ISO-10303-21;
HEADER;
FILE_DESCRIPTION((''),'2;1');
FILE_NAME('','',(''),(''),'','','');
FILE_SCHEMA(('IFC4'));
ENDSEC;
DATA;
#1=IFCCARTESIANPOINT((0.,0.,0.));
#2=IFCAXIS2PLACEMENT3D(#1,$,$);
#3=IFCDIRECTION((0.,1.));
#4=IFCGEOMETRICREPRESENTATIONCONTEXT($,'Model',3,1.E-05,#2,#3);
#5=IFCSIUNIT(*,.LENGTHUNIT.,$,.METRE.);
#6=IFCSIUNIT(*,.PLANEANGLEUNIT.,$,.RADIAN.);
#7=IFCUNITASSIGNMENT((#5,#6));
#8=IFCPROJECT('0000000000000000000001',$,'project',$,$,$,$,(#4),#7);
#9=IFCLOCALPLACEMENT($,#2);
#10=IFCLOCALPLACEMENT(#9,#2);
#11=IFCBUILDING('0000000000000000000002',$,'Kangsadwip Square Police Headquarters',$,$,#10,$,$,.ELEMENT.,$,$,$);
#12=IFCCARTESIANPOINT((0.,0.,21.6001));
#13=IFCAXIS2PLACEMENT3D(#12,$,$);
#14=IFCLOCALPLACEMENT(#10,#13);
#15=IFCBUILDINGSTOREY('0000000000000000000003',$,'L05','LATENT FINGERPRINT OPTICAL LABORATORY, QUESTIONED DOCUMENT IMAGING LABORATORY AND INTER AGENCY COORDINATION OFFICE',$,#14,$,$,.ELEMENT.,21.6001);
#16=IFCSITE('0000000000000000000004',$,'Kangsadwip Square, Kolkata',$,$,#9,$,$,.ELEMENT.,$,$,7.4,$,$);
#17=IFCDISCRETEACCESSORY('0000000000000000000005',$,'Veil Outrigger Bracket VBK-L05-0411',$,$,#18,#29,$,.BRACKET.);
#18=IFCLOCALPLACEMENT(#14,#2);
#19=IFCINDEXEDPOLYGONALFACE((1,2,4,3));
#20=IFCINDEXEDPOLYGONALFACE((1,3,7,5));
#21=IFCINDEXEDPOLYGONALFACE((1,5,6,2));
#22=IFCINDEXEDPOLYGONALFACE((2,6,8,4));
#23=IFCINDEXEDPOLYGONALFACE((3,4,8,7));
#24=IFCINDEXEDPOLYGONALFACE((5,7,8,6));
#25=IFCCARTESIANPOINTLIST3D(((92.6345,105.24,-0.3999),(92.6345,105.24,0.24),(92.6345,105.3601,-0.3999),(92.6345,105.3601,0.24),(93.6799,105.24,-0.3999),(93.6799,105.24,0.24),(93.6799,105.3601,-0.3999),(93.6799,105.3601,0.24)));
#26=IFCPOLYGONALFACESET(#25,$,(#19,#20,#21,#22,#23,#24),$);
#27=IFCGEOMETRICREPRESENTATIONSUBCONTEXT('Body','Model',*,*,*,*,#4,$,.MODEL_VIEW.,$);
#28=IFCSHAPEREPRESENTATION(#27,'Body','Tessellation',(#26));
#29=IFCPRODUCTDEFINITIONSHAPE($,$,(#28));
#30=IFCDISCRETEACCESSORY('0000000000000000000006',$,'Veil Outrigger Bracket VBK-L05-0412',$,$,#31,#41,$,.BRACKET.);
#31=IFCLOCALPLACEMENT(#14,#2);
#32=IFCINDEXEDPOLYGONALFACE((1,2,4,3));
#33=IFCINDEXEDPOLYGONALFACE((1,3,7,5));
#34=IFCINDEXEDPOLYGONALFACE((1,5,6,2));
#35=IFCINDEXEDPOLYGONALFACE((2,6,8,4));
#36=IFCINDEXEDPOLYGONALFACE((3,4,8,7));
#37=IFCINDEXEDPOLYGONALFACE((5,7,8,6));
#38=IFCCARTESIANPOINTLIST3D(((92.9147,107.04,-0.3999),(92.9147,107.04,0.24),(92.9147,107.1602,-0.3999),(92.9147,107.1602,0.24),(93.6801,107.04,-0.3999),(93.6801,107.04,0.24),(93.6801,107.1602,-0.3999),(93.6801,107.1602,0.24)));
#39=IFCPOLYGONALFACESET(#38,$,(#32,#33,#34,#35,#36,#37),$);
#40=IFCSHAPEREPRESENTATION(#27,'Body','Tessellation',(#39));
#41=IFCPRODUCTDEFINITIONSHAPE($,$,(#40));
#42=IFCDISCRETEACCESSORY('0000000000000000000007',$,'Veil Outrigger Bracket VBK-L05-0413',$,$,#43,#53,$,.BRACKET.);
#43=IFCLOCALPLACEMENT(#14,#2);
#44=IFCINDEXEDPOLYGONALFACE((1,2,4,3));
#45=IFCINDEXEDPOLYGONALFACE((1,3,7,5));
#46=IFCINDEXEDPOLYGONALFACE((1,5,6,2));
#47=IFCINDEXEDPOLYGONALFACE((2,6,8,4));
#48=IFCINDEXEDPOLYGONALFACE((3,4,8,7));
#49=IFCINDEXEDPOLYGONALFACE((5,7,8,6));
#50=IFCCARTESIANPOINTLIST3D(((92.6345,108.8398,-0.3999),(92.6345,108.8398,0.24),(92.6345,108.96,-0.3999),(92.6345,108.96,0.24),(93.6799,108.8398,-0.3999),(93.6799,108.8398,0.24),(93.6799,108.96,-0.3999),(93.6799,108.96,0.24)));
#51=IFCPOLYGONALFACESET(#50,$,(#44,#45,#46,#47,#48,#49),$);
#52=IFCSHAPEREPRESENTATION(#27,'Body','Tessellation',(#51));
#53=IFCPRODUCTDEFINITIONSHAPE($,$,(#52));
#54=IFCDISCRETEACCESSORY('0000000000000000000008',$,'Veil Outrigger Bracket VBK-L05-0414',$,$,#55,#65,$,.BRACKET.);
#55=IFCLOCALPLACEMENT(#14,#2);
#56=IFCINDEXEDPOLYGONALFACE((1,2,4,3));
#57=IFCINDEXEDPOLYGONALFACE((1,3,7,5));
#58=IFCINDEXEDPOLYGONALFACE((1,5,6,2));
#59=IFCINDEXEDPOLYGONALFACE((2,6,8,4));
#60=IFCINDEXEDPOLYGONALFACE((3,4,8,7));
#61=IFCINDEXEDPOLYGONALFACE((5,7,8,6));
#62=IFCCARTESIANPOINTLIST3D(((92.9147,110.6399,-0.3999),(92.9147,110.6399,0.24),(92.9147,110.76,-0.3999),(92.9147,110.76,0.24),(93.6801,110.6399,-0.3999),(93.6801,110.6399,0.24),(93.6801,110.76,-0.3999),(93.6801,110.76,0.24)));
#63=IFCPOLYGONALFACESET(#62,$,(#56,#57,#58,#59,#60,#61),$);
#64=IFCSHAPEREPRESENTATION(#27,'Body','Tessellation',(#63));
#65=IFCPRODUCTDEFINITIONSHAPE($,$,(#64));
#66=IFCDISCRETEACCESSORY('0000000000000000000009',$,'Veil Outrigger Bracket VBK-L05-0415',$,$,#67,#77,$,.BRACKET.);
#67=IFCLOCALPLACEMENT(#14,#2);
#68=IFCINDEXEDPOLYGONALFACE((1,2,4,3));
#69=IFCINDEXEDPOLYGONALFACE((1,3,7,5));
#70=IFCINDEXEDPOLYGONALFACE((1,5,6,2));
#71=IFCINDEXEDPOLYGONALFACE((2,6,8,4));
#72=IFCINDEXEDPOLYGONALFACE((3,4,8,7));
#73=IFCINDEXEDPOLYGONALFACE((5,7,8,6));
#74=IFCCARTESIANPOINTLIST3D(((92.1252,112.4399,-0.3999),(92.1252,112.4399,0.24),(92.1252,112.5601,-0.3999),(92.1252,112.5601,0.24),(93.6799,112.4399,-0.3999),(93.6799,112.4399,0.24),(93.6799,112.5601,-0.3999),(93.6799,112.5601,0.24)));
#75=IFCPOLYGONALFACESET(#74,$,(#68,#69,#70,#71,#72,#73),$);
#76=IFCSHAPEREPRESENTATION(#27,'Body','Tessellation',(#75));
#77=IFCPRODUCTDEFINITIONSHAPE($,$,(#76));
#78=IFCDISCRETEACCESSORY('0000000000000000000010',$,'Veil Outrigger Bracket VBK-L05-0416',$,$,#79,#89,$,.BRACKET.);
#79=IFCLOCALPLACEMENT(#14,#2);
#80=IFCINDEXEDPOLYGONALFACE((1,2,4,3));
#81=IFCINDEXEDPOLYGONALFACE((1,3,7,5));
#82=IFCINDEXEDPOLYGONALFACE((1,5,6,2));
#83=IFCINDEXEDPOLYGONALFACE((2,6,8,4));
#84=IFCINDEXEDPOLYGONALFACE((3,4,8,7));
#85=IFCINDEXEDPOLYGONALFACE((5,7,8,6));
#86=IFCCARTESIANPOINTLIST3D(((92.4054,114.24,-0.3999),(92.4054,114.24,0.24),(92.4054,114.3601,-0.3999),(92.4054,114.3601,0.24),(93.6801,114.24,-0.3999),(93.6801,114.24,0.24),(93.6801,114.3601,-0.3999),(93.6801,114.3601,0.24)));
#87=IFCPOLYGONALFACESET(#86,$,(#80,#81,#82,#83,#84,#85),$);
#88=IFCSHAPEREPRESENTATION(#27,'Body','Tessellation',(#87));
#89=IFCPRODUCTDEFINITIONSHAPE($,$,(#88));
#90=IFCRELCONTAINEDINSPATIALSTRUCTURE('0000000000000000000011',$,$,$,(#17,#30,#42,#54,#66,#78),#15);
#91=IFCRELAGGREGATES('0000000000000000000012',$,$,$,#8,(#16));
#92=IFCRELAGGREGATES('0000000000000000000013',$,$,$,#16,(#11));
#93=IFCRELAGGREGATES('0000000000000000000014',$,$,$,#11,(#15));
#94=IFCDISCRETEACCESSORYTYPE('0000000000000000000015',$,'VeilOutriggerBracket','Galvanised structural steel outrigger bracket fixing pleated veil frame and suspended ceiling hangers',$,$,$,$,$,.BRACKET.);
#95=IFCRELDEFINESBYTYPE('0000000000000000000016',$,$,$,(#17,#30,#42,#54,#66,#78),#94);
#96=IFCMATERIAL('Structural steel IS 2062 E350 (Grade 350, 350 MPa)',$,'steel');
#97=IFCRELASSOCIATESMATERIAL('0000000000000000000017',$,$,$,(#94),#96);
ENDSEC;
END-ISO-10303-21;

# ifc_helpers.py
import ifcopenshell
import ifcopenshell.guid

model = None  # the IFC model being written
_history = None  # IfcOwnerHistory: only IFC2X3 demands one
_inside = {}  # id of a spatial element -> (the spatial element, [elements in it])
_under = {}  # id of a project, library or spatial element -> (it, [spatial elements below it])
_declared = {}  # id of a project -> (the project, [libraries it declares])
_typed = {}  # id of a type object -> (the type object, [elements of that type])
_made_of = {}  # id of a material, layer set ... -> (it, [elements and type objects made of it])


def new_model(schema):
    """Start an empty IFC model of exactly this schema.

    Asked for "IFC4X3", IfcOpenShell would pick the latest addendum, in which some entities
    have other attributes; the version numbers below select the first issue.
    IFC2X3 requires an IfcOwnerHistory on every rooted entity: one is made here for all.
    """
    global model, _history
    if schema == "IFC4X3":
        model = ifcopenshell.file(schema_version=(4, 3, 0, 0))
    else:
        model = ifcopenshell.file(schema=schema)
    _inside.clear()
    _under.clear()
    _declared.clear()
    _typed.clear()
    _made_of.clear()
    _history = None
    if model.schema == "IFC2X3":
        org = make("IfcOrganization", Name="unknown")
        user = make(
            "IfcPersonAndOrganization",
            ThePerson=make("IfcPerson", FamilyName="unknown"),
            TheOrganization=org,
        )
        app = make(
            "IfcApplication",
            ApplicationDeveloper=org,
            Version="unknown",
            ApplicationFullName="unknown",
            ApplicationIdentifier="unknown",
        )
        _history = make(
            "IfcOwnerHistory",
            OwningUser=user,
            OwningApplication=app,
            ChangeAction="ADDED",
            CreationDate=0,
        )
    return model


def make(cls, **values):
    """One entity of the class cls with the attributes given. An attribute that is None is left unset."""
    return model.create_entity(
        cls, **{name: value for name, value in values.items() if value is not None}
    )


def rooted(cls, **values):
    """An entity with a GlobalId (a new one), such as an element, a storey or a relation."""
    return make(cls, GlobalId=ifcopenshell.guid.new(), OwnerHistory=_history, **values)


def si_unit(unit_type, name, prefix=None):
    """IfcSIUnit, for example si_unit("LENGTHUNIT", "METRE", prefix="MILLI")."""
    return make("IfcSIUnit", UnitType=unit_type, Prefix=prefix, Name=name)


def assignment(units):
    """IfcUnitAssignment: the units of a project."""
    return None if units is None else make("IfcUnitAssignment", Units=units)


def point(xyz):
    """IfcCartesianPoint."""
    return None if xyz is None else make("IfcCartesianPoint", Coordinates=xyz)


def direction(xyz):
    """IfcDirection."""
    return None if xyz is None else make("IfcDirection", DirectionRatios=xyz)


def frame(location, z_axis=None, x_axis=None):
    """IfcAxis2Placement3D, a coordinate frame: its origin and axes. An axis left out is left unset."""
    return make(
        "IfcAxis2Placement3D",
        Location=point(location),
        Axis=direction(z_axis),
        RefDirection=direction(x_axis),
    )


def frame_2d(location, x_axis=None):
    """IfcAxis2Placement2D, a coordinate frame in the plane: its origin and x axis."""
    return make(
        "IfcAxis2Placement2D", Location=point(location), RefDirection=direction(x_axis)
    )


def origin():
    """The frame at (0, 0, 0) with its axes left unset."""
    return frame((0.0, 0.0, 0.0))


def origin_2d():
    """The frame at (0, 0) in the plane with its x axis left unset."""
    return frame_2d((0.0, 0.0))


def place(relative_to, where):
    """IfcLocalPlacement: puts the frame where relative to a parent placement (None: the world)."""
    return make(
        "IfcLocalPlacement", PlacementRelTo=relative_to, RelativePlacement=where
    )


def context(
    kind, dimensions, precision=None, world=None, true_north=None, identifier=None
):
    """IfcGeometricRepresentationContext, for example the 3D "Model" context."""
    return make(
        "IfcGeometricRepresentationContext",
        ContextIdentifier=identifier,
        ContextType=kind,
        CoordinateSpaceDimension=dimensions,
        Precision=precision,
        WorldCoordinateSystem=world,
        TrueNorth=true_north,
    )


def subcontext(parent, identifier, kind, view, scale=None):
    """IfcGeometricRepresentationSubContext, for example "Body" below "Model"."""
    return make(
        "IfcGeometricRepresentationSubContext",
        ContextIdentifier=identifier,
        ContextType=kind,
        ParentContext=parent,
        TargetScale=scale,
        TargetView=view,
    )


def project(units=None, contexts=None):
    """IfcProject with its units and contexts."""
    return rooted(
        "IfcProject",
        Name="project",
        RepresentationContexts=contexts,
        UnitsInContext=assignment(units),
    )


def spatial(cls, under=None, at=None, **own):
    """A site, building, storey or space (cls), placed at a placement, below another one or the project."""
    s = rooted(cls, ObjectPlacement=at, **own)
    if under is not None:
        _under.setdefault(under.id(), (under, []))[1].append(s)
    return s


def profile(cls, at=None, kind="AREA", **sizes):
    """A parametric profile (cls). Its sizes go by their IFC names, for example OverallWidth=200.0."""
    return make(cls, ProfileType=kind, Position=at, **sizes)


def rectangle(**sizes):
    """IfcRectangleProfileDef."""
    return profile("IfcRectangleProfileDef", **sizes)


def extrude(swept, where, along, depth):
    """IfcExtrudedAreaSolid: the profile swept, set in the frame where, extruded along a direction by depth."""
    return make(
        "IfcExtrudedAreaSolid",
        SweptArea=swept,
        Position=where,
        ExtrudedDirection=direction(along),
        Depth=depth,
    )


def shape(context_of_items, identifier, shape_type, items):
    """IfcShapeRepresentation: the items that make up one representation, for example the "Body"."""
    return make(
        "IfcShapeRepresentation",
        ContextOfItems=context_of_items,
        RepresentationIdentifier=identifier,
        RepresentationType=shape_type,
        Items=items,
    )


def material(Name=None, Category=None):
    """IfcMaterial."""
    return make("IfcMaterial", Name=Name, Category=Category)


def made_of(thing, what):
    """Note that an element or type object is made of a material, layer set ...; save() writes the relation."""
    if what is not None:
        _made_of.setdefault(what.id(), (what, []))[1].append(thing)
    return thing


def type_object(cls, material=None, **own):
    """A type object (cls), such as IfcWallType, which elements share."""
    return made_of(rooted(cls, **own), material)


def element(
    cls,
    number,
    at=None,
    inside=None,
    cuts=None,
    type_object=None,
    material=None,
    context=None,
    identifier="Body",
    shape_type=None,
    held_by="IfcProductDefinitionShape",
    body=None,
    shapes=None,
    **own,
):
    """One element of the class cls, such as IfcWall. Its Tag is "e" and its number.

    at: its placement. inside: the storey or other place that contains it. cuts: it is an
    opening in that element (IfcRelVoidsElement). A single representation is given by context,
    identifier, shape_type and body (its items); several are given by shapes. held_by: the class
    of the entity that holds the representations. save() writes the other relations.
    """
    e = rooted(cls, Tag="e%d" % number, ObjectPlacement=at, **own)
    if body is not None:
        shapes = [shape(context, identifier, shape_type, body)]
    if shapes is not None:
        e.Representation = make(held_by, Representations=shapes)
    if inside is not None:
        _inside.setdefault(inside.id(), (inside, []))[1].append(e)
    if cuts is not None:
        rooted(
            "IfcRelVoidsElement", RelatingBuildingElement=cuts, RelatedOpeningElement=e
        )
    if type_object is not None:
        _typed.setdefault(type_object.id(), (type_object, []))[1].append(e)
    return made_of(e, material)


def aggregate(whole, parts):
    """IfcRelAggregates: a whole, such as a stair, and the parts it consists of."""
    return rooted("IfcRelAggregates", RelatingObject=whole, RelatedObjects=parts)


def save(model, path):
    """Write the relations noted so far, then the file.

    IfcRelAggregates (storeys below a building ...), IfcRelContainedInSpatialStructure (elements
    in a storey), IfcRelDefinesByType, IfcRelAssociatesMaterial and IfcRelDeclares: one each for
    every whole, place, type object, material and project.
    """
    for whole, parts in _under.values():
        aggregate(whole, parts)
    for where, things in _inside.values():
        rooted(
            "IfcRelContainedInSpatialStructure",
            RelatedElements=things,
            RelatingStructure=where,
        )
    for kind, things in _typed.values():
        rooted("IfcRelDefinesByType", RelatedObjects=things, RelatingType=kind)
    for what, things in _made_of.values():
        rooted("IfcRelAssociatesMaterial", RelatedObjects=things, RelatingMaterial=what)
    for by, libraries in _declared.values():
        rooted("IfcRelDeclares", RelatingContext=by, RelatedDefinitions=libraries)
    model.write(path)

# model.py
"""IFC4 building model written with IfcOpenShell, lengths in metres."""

from ifc_helpers import new_model, si_unit, direction, frame, origin, origin_2d, place, context, subcontext, project, spatial, rectangle, extrude, material, type_object, element, save


model = new_model("IFC4")

# Units and contexts
model_context = context("Model", 3, precision=1e-05, world=origin(), true_north=direction((0.0, 1.0)))
body_context = subcontext(model_context, "Body", "Model", "MODEL_VIEW")
ifc_project = project(units=[si_unit("LENGTHUNIT", "METRE"), si_unit("PLANEANGLEUNIT", "RADIAN")], contexts=[model_context])

# Site, building, storey
site_placement = place(None, origin())
site = spatial("IfcSite", under=ifc_project, at=site_placement, Name="Kangsadwip Square, Kolkata", CompositionType="ELEMENT", RefElevation=7.4)
building_placement = place(site_placement, origin())
building = spatial("IfcBuilding", under=site, at=building_placement, Name="Kangsadwip Square Police Headquarters", CompositionType="ELEMENT")
storey_placement = place(building_placement, frame((0.0, 0.0, 21.6001)))
storey = spatial("IfcBuildingStorey", under=building, at=storey_placement, Name="L05", Description="LATENT FINGERPRINT OPTICAL LABORATORY, QUESTIONED DOCUMENT IMAGING LABORATORY AND INTER AGENCY COORDINATION OFFICE", CompositionType="ELEMENT", Elevation=21.6001)

# Discrete accessories
ifc_material_1 = material(Name="Structural steel IS 2062 E350 (Grade 350, 350 MPa)", Category="steel")
discrete_accessory_type = type_object("IfcDiscreteAccessoryType", Name="VeilOutriggerBracket", Description="Galvanised structural steel outrigger bracket fixing pleated veil frame and suspended ceiling hangers", PredefinedType="BRACKET", material=ifc_material_1)
discrete_accessory_1_placement = place(storey_placement, frame((93.1572, 105.3, -0.3999), z_axis=(0.0, 0.0, 1.0), x_axis=(1.0, 0.0, 0.0)))
element("IfcDiscreteAccessory", 1, at=discrete_accessory_1_placement, inside=storey, type_object=discrete_accessory_type, Name="Veil Outrigger Bracket VBK-L05-0411", PredefinedType="BRACKET", context=body_context, shape_type="SweptSolid", body=[
    extrude(rectangle(XDim=1.0454, YDim=0.1201, at=origin_2d()), origin(), (0.0, 0.0, 1.0), 0.6399),
])
discrete_accessory_2_placement = place(storey_placement, frame((93.2974, 107.1001, -0.3999), z_axis=(0.0, 0.0, 1.0), x_axis=(1.0, 0.0, 0.0)))
element("IfcDiscreteAccessory", 2, at=discrete_accessory_2_placement, inside=storey, type_object=discrete_accessory_type, Name="Veil Outrigger Bracket VBK-L05-0412", PredefinedType="BRACKET", context=body_context, shape_type="SweptSolid", body=[
    extrude(rectangle(XDim=0.7654, YDim=0.1201, at=origin_2d()), origin(), (0.0, 0.0, 1.0), 0.6399),
])
discrete_accessory_3_placement = place(storey_placement, frame((93.1572, 108.8999, -0.3999), z_axis=(0.0, 0.0, 1.0), x_axis=(1.0, 0.0, 0.0)))
element("IfcDiscreteAccessory", 3, at=discrete_accessory_3_placement, inside=storey, type_object=discrete_accessory_type, Name="Veil Outrigger Bracket VBK-L05-0413", PredefinedType="BRACKET", context=body_context, shape_type="SweptSolid", body=[
    extrude(rectangle(XDim=1.0454, YDim=0.1201, at=origin_2d()), origin(), (0.0, 0.0, 1.0), 0.6399),
])
discrete_accessory_4_placement = place(storey_placement, frame((93.2974, 110.7, -0.3999), z_axis=(0.0, 0.0, 1.0), x_axis=(1.0, 0.0, 0.0)))
element("IfcDiscreteAccessory", 4, at=discrete_accessory_4_placement, inside=storey, type_object=discrete_accessory_type, Name="Veil Outrigger Bracket VBK-L05-0414", PredefinedType="BRACKET", context=body_context, shape_type="SweptSolid", body=[
    extrude(rectangle(XDim=0.7654, YDim=0.1201, at=origin_2d()), origin(), (0.0, 0.0, 1.0), 0.6399),
])
discrete_accessory_5_placement = place(storey_placement, frame((92.9026, 112.5, -0.3999), z_axis=(0.0, 0.0, 1.0), x_axis=(1.0, 0.0, 0.0)))
element("IfcDiscreteAccessory", 5, at=discrete_accessory_5_placement, inside=storey, type_object=discrete_accessory_type, Name="Veil Outrigger Bracket VBK-L05-0415", PredefinedType="BRACKET", context=body_context, shape_type="SweptSolid", body=[
    extrude(rectangle(XDim=1.5547, YDim=0.1201, at=origin_2d()), origin(), (0.0, 0.0, 1.0), 0.6399),
])
discrete_accessory_6_placement = place(storey_placement, frame((93.0427, 114.3, -0.3999), z_axis=(0.0, 0.0, 1.0), x_axis=(1.0, 0.0, 0.0)))
element("IfcDiscreteAccessory", 6, at=discrete_accessory_6_placement, inside=storey, type_object=discrete_accessory_type, Name="Veil Outrigger Bracket VBK-L05-0416", PredefinedType="BRACKET", context=body_context, shape_type="SweptSolid", body=[
    extrude(rectangle(XDim=1.2747, YDim=0.1201, at=origin_2d()), origin(), (0.0, 0.0, 1.0), 0.6399),
])

save(model, "model.ifc")
